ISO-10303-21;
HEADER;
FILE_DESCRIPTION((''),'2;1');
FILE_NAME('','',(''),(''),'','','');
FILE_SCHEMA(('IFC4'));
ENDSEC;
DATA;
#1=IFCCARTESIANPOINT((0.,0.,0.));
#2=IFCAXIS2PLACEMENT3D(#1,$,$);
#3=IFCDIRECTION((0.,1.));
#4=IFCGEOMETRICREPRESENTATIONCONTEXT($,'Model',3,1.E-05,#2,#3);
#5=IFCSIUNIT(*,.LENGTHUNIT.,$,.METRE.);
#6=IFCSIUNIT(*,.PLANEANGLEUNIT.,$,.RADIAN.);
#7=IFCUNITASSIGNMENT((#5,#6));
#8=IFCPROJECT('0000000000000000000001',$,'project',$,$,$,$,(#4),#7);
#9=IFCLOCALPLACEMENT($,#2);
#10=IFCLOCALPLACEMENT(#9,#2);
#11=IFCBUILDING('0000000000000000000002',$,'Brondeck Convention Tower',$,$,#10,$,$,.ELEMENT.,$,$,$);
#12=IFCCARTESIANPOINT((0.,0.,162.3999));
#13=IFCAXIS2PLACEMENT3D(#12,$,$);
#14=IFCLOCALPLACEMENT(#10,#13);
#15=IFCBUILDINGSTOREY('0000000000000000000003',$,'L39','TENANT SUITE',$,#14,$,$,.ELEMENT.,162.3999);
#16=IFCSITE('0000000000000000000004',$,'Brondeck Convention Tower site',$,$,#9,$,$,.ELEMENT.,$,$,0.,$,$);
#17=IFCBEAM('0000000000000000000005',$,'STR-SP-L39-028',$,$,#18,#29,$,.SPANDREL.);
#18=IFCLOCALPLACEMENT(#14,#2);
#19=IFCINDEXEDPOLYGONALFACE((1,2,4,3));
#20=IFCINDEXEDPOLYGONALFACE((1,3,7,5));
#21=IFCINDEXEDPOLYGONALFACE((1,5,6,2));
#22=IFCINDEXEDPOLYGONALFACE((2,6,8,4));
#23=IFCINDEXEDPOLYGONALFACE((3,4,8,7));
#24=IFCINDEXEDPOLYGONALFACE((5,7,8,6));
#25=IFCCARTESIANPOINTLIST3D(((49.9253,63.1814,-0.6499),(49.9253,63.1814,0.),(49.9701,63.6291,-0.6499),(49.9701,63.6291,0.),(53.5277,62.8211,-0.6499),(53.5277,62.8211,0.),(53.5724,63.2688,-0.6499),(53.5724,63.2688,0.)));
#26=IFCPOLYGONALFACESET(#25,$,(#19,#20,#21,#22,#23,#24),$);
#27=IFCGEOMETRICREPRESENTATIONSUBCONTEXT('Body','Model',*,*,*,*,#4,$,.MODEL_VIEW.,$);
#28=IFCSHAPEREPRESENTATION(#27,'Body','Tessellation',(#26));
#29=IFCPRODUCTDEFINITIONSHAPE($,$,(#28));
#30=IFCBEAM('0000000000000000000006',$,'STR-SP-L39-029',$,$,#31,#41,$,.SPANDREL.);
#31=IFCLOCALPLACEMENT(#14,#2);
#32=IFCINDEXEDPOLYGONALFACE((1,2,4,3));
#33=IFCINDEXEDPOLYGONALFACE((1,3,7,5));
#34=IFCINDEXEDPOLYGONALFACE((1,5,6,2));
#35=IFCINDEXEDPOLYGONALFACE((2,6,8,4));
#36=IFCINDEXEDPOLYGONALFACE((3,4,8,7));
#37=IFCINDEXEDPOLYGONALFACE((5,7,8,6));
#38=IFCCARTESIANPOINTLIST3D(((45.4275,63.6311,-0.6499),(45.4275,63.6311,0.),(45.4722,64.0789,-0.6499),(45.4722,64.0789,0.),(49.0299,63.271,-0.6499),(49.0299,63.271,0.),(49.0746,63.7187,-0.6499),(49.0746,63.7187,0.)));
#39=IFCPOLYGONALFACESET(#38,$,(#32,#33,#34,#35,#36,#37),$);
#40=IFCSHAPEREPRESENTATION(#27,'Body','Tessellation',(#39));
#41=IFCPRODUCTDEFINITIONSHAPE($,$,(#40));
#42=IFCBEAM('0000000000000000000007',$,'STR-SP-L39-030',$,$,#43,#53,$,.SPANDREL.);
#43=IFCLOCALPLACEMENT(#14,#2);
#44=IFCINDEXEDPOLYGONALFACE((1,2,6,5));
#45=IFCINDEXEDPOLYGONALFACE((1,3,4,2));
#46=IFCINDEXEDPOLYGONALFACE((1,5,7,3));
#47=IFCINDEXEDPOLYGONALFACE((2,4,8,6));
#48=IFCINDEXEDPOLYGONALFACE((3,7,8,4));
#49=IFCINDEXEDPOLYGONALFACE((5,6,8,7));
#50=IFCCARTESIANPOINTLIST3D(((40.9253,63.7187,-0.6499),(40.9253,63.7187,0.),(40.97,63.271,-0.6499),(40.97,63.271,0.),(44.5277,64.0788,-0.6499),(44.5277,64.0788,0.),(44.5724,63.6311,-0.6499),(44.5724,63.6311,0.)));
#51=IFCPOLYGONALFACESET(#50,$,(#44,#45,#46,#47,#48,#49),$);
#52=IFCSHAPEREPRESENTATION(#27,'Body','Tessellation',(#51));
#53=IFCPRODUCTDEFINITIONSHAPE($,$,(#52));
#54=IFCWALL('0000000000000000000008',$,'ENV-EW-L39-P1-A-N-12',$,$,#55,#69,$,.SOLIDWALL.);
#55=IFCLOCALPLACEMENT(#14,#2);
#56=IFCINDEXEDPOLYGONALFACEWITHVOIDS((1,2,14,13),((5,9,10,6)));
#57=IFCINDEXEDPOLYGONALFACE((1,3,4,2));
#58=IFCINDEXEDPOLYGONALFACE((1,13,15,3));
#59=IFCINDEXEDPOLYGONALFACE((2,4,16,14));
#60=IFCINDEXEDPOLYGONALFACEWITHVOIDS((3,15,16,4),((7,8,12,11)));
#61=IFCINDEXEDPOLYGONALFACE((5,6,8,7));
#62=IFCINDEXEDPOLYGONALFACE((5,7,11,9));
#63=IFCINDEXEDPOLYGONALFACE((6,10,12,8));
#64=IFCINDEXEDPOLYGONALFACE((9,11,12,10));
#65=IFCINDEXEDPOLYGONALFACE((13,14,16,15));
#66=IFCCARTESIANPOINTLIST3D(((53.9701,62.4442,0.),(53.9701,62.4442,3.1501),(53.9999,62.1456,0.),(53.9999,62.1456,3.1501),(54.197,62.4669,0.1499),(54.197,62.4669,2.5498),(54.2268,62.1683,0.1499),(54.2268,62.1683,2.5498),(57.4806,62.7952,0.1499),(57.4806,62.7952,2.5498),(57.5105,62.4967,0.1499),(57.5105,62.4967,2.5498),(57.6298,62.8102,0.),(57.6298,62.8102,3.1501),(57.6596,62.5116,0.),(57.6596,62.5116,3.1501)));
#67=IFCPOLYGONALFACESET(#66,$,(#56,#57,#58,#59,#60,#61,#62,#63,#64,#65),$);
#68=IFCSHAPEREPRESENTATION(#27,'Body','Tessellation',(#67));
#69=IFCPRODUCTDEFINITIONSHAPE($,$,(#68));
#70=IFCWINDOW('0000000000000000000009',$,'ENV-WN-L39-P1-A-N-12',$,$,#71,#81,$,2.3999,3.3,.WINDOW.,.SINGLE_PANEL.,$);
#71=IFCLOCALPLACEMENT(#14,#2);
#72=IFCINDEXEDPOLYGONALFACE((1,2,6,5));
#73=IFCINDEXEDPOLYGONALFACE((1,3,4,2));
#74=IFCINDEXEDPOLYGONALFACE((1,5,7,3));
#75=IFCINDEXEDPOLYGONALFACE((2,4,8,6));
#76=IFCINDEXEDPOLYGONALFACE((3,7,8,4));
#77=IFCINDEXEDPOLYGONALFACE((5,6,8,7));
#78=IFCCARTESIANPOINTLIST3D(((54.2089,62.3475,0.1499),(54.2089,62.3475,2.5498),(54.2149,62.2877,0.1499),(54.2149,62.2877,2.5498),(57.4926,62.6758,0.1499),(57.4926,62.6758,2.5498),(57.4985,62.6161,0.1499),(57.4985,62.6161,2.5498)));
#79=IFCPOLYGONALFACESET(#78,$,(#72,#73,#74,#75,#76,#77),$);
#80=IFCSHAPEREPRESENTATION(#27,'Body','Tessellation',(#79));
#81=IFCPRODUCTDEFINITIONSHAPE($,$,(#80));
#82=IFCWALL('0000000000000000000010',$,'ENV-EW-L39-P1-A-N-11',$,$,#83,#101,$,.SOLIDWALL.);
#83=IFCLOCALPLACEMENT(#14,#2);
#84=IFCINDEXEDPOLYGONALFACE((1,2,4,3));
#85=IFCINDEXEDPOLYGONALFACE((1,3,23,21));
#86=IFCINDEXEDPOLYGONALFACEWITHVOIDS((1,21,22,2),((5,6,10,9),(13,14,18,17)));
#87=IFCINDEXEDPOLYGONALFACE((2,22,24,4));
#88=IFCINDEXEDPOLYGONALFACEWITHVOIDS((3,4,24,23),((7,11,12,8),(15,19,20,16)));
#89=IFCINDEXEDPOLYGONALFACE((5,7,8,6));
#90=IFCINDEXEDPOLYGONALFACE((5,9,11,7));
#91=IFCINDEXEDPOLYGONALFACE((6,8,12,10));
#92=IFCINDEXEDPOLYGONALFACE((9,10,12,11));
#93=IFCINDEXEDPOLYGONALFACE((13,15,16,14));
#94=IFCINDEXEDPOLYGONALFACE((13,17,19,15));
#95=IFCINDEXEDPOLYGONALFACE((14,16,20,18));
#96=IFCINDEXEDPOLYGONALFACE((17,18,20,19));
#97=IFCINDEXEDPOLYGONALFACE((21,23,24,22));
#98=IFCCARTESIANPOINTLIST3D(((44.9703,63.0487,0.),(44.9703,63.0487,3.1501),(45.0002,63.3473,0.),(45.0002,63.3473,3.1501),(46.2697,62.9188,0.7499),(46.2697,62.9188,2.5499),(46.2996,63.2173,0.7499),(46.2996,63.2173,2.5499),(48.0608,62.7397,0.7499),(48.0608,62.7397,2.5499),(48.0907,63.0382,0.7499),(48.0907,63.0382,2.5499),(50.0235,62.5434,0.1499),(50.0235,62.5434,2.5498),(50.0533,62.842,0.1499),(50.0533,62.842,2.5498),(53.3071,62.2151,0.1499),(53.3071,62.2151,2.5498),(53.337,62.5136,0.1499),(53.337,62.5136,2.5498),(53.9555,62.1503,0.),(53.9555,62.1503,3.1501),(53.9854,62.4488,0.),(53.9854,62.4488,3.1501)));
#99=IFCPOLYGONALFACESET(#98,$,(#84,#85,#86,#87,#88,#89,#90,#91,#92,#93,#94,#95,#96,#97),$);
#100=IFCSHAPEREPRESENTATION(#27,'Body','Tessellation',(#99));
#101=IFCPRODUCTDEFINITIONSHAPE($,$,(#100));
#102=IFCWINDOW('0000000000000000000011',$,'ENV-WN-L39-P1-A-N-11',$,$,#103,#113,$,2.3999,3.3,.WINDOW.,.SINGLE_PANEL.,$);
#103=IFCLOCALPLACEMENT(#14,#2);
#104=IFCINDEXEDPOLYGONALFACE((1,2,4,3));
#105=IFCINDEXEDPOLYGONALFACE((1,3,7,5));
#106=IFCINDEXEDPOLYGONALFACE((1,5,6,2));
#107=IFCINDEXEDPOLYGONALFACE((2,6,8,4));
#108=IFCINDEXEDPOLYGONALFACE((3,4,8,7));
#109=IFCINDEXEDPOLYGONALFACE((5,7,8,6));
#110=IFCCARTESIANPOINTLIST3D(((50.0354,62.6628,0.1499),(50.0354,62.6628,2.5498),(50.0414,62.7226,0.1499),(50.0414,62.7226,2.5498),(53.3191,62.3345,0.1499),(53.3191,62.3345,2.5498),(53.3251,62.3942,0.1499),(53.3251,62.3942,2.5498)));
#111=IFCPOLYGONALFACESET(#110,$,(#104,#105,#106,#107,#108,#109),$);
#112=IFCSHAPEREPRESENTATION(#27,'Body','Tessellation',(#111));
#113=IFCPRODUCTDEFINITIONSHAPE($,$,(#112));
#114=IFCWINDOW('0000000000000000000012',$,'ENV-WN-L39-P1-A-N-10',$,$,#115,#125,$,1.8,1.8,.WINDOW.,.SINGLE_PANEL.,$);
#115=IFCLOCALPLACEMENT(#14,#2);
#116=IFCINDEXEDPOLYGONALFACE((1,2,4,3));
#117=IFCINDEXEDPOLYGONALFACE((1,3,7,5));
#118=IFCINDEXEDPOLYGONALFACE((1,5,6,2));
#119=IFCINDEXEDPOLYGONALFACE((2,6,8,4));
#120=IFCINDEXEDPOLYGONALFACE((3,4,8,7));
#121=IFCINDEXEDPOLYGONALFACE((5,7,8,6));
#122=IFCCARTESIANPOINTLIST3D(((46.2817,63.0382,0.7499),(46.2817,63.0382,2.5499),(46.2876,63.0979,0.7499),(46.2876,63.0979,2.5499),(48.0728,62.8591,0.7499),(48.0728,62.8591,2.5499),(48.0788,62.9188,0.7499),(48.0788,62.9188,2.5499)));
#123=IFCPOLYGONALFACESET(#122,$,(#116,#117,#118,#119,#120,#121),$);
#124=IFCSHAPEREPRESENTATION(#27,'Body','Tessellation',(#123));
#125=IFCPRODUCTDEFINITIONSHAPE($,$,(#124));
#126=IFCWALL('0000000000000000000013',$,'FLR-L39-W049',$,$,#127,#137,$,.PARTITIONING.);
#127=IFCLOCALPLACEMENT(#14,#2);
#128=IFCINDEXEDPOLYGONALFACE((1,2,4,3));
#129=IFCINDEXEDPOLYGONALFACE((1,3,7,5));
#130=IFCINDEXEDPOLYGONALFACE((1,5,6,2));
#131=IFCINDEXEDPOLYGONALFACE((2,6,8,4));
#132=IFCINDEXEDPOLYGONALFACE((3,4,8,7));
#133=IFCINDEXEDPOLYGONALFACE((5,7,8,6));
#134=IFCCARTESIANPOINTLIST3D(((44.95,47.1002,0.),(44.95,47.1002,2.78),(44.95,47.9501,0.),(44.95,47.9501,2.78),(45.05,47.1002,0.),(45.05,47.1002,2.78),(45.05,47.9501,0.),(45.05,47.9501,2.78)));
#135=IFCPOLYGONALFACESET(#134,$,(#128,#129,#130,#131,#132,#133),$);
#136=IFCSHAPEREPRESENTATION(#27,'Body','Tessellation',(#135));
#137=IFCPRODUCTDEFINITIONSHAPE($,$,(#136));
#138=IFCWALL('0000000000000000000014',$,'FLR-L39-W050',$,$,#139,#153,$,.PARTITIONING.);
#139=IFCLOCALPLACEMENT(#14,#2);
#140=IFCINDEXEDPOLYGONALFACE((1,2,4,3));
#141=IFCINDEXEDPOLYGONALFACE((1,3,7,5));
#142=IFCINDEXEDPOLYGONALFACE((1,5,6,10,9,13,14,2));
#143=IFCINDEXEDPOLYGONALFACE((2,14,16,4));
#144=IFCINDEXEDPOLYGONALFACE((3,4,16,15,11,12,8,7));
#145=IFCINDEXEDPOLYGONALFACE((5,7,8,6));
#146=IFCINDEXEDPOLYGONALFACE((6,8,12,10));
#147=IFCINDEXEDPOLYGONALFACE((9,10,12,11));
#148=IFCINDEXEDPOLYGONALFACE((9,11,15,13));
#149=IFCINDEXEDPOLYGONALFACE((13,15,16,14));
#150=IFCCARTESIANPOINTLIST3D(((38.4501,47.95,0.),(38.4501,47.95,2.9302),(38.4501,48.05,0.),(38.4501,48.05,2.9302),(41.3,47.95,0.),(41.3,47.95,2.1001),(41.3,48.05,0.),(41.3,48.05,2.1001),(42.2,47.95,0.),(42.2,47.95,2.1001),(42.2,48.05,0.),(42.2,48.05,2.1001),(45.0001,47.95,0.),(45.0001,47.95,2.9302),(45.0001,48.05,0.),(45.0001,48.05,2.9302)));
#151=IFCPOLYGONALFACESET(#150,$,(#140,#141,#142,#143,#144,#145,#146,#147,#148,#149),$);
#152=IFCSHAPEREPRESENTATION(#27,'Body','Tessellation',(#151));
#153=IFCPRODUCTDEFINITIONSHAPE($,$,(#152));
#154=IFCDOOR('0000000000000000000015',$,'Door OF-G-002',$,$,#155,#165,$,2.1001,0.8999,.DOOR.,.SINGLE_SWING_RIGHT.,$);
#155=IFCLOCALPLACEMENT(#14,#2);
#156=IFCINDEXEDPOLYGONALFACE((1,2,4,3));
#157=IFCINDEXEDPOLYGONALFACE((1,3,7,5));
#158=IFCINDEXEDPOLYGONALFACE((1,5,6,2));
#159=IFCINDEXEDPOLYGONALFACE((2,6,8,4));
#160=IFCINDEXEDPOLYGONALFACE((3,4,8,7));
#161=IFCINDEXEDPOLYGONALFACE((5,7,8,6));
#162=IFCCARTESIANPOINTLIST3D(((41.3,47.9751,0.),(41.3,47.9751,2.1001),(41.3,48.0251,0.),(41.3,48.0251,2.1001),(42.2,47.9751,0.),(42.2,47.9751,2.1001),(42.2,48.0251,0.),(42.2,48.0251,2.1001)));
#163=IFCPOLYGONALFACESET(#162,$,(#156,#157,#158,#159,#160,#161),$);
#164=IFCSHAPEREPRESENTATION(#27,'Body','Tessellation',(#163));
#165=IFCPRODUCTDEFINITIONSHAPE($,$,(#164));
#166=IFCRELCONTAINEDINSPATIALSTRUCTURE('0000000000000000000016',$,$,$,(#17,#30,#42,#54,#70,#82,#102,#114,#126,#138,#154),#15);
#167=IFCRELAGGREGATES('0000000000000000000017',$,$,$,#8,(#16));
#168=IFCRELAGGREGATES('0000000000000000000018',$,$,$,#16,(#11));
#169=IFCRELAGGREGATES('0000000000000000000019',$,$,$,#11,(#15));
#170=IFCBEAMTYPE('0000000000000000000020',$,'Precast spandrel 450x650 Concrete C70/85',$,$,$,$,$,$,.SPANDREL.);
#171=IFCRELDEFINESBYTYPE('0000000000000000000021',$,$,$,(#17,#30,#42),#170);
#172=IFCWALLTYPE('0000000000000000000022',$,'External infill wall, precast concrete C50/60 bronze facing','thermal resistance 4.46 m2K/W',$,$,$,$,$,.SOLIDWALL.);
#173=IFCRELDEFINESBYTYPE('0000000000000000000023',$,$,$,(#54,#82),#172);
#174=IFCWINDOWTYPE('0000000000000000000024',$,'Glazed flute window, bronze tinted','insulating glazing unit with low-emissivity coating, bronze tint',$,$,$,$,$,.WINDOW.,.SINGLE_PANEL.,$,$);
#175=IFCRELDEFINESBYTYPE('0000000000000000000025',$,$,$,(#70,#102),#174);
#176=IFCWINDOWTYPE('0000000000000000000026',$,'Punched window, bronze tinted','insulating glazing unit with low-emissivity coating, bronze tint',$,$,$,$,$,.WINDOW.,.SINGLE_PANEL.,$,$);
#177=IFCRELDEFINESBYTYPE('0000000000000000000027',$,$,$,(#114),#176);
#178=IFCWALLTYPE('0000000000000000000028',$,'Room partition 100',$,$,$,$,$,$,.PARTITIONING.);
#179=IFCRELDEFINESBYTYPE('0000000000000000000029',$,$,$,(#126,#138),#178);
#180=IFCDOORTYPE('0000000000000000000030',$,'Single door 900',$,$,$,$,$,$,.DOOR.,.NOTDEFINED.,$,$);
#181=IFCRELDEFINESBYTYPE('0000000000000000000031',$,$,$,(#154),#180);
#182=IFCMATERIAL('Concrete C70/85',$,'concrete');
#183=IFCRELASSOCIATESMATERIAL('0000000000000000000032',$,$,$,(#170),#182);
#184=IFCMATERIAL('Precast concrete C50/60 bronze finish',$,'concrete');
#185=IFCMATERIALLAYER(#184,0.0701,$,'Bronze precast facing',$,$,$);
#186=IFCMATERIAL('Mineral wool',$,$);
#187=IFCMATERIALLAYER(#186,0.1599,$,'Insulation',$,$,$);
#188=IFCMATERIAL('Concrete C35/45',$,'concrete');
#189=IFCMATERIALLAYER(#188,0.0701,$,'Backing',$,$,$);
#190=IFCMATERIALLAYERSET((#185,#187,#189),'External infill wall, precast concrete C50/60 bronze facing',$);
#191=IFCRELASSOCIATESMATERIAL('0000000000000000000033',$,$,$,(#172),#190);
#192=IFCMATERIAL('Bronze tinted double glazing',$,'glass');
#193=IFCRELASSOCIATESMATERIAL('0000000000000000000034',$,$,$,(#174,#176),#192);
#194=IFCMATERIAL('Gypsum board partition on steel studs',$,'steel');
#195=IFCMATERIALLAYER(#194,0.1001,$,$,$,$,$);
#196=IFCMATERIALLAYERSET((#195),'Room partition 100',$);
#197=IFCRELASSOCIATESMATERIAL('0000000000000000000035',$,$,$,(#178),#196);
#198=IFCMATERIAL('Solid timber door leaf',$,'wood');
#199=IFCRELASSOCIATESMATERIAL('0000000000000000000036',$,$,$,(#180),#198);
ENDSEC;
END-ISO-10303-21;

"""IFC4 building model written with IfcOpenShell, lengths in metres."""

from ifc_helpers import new_model, si_unit, direction, frame, frame_2d, origin, origin_2d, place, context, subcontext, project, spatial, rectangle, extrude, material, layer, layer_set, material_profile, profile_set, type_object, element, fill, save


model = new_model("IFC4")

# Units and contexts
model_context = context("Model", 3, precision=1e-05, world=origin(), true_north=direction((0.0, 1.0)))
body_context = subcontext(model_context, "Body", "Model", "MODEL_VIEW")
ifc_project = project(units=[si_unit("LENGTHUNIT", "METRE"), si_unit("PLANEANGLEUNIT", "RADIAN")], contexts=[model_context])

# Site, building, storey
site_placement = place(None, origin())
site = spatial("IfcSite", under=ifc_project, at=site_placement, Name="Brondeck Convention Tower site", CompositionType="ELEMENT", RefElevation=0.0)
building_placement = place(site_placement, origin())
building = spatial("IfcBuilding", under=site, at=building_placement, Name="Brondeck Convention Tower", CompositionType="ELEMENT")
storey_placement = place(building_placement, frame((0.0, 0.0, 162.3999)))
storey = spatial("IfcBuildingStorey", under=building, at=storey_placement, Name="L39", Description="TENANT SUITE", CompositionType="ELEMENT", Elevation=162.3999)

# Shared definitions
ifc_material_1 = material(Name="Concrete C70/85", Category="concrete")

# Beams
ifc_material_profile_1 = material_profile(ifc_material_1, rectangle(XDim=0.45, YDim=0.6499, at=origin_2d()), Name="Precast spandrel 450x650 Concrete C70/85")
ifc_profile_set_1 = profile_set([ifc_material_profile_1], Name="Concrete C70/85")
beam_type_1 = type_object("IfcBeamType", Name="Precast spandrel 450x650 Concrete C70/85", PredefinedType="SPANDREL", material=ifc_profile_set_1)
for number, where, z_axis, x_axis, name in (
    (1, (53.55, 63.0449, -0.325), (-0.995034, 0.099537, 0.0), (-0.099537, -0.995034, 0.0), "STR-SP-L39-028"),
    (2, (49.0522, 63.4949, -0.325), (-0.995041, 0.09947, 0.0), (-0.09947, -0.995041, 0.0), "STR-SP-L39-029"),
    (3, (44.55, 63.855, -0.325), (-0.995041, -0.09947, 0.0), (0.09947, -0.995041, 0.0), "STR-SP-L39-030"),
):
    element("IfcBeam", number, at=place(storey_placement, frame(where, z_axis=z_axis, x_axis=x_axis)), inside=storey, type_object=beam_type_1, Name=name, PredefinedType="SPANDREL", context=body_context, shape_type="SweptSolid", body=[
        extrude(rectangle(XDim=0.45, YDim=0.6499, at=origin_2d()), origin(), (0.0, 0.0, 1.0), 3.6204),
    ])

# Wall, opening, window
ifc_material_2 = material(Name="Precast concrete C50/60 bronze finish", Category="concrete")
ifc_layer_1 = layer(ifc_material_2, 0.0701, Name="Bronze precast facing")
ifc_material_3 = material(Name="Mineral wool")
ifc_layer_2 = layer(ifc_material_3, 0.1599, Name="Insulation")
ifc_material_4 = material(Name="Concrete C35/45", Category="concrete")
ifc_layer_3 = layer(ifc_material_4, 0.0701, Name="Backing")
ifc_layer_set_1 = layer_set([ifc_layer_1, ifc_layer_2, ifc_layer_3], Name="External infill wall, precast concrete C50/60 bronze facing")
wall_type_1 = type_object("IfcWallType", Name="External infill wall, precast concrete C50/60 bronze facing", Description="thermal resistance 4.46 m2K/W", PredefinedType="SOLIDWALL", material=ifc_layer_set_1)
wall_1_placement = place(storey_placement, frame((53.9851, 62.2949, 0.0), z_axis=(0.0, 0.0, 1.0), x_axis=(0.995037, 0.099504, 0.0)))
wall_1 = element("IfcWall", 4, at=wall_1_placement, inside=storey, type_object=wall_type_1, Name="ENV-EW-L39-P1-A-N-12", PredefinedType="SOLIDWALL", context=body_context, shape_type="SweptSolid", body=[
    extrude(rectangle(XDim=3.678, YDim=0.3, at=frame_2d((1.8389, 0.0))), origin(), (0.0, 0.0, 1.0), 3.1501),
])
opening_1_placement = place(wall_1_placement, frame((0.228, 0.0, 0.1499)))
opening_1 = element("IfcOpeningElement", 5, at=opening_1_placement, cuts=wall_1, PredefinedType="OPENING", context=body_context, shape_type="SweptSolid", body=[
    extrude(rectangle(XDim=3.3, YDim=2.3999, at=frame_2d((1.6499, 1.2))), frame((0.0, 0.1599, 0.0), z_axis=(0.0, -1.0, 0.0), x_axis=(1.0, 0.0, 0.0)), (0.0, 0.0, 1.0), 0.3201),
])
ifc_material_5 = material(Name="Bronze tinted double glazing", Category="glass")
window_type_1 = type_object("IfcWindowType", Name="Glazed flute window, bronze tinted", Description="insulating glazing unit with low-emissivity coating, bronze tint", PartitioningType="SINGLE_PANEL", PredefinedType="WINDOW", material=ifc_material_5)
window_1_placement = place(opening_1_placement, origin())
window_1 = element("IfcWindow", 6, at=window_1_placement, inside=storey, type_object=window_type_1, Name="ENV-WN-L39-P1-A-N-12", OverallHeight=2.3999, OverallWidth=3.3, PartitioningType="SINGLE_PANEL", PredefinedType="WINDOW", context=body_context, shape_type="SweptSolid", body=[
    extrude(rectangle(XDim=3.3, YDim=2.3999, at=frame_2d((1.6499, 1.2))), frame((0.0, 0.03, 0.0), z_axis=(0.0, -1.0, 0.0), x_axis=(1.0, 0.0, 0.0)), (0.0, 0.0, 1.0), 0.0601),
])
fill(opening_1, window_1)

# Wall, openings, windows
wall_2_placement = place(storey_placement, frame((44.9851, 63.198, 0.0), z_axis=(0.0, 0.0, 1.0), x_axis=(0.995038, -0.099496, 0.0)))
wall_2 = element("IfcWall", 7, at=wall_2_placement, inside=storey, type_object=wall_type_1, Name="ENV-EW-L39-P1-A-N-11", PredefinedType="SOLIDWALL", context=body_context, shape_type="SweptSolid", body=[
    extrude(rectangle(XDim=9.03, YDim=0.3, at=frame_2d((4.5151, 0.0))), origin(), (0.0, 0.0, 1.0), 3.1501),
])
opening_2_placement = place(wall_2_placement, frame((1.3062, 0.0, 0.75)))
opening_2 = element("IfcOpeningElement", 8, at=opening_2_placement, cuts=wall_2, PredefinedType="OPENING", context=body_context, shape_type="SweptSolid", body=[
    extrude(rectangle(XDim=1.8, YDim=1.8, at=frame_2d((0.8999, 0.8999))), frame((0.0, 0.1599, 0.0), z_axis=(0.0, -1.0, 0.0), x_axis=(1.0, 0.0, 0.0)), (0.0, 0.0, 1.0), 0.3201),
])
opening_3_placement = place(wall_2_placement, frame((5.0786, 0.0, 0.1499)))
opening_3 = element("IfcOpeningElement", 9, at=opening_3_placement, cuts=wall_2, PredefinedType="OPENING", context=body_context, shape_type="SweptSolid", body=[
    extrude(rectangle(XDim=3.3, YDim=2.3999, at=frame_2d((1.6499, 1.2))), frame((0.0, 0.1599, 0.0), z_axis=(0.0, -1.0, 0.0), x_axis=(1.0, 0.0, 0.0)), (0.0, 0.0, 1.0), 0.3201),
])
window_2_placement = place(opening_3_placement, origin())
window_2 = element("IfcWindow", 10, at=window_2_placement, inside=storey, type_object=window_type_1, Name="ENV-WN-L39-P1-A-N-11", OverallHeight=2.3999, OverallWidth=3.3, PartitioningType="SINGLE_PANEL", PredefinedType="WINDOW", context=body_context, shape_type="SweptSolid", body=[
    extrude(rectangle(XDim=3.3, YDim=2.3999, at=frame_2d((1.6499, 1.2))), frame((0.0, 0.03, 0.0), z_axis=(0.0, -1.0, 0.0), x_axis=(1.0, 0.0, 0.0)), (0.0, 0.0, 1.0), 0.0601),
])
fill(opening_3, window_2)
window_type_2 = type_object("IfcWindowType", Name="Punched window, bronze tinted", Description="insulating glazing unit with low-emissivity coating, bronze tint", PartitioningType="SINGLE_PANEL", PredefinedType="WINDOW", material=ifc_material_5)
window_3_placement = place(opening_2_placement, origin())
window_3 = element("IfcWindow", 11, at=window_3_placement, inside=storey, type_object=window_type_2, Name="ENV-WN-L39-P1-A-N-10", OverallHeight=1.8, OverallWidth=1.8, PartitioningType="SINGLE_PANEL", PredefinedType="WINDOW", context=body_context, shape_type="SweptSolid", body=[
    extrude(rectangle(XDim=1.8, YDim=1.8, at=frame_2d((0.8999, 0.8999))), frame((0.0, 0.03, 0.0), z_axis=(0.0, -1.0, 0.0), x_axis=(1.0, 0.0, 0.0)), (0.0, 0.0, 1.0), 0.0601),
])
fill(opening_2, window_3)

# Wall
ifc_material_6 = material(Name="Gypsum board partition on steel studs", Category="steel")
ifc_layer_4 = layer(ifc_material_6, 0.1001)
ifc_layer_set_2 = layer_set([ifc_layer_4], Name="Room partition 100")
wall_type_2 = type_object("IfcWallType", Name="Room partition 100", PredefinedType="PARTITIONING", material=ifc_layer_set_2)
wall_3_placement = place(storey_placement, frame((45.0, 47.95, 0.0), z_axis=(0.0, 0.0, 1.0), x_axis=(0.0, -1.0, 0.0)))
element("IfcWall", 12, at=wall_3_placement, inside=storey, type_object=wall_type_2, Name="FLR-L39-W049", PredefinedType="PARTITIONING", context=body_context, shape_type="SweptSolid", body=[
    extrude(rectangle(XDim=0.8499, YDim=0.1001, at=frame_2d((0.4248, 0.0))), origin(), (0.0, 0.0, 1.0), 2.78),
])

# Wall, opening, door
wall_4_placement = place(storey_placement, frame((45.0, 48.0, 0.0), z_axis=(0.0, 0.0, 1.0), x_axis=(-1.0, 0.0, 0.0)))
wall_4 = element("IfcWall", 13, at=wall_4_placement, inside=storey, type_object=wall_type_2, Name="FLR-L39-W050", PredefinedType="PARTITIONING", context=body_context, shape_type="SweptSolid", body=[
    extrude(rectangle(XDim=6.55, YDim=0.1001, at=frame_2d((3.2749, 0.0))), origin(), (0.0, 0.0, 1.0), 2.9302),
])
opening_4_placement = place(wall_4_placement, frame((2.8, 0.0, 0.0)))
opening_4 = element("IfcOpeningElement", 14, at=opening_4_placement, cuts=wall_4, PredefinedType="OPENING", context=body_context, shape_type="SweptSolid", body=[
    extrude(rectangle(XDim=0.8999, YDim=2.1001, at=frame_2d((0.45, 1.05))), frame((0.0, 0.0601, 0.0), z_axis=(0.0, -1.0, 0.0), x_axis=(1.0, 0.0, 0.0)), (0.0, 0.0, 1.0), 0.1201),
])
ifc_material_7 = material(Name="Solid timber door leaf", Category="wood")
door_type = type_object("IfcDoorType", Name="Single door 900", OperationType="NOTDEFINED", PredefinedType="DOOR", material=ifc_material_7)
door_1_placement = place(opening_4_placement, origin())
door_1 = element("IfcDoor", 15, at=door_1_placement, inside=storey, type_object=door_type, Name="Door OF-G-002", OperationType="SINGLE_SWING_RIGHT", OverallHeight=2.1001, OverallWidth=0.8999, PredefinedType="DOOR", context=body_context, shape_type="SweptSolid", body=[
    extrude(rectangle(XDim=0.8999, YDim=2.1001, at=frame_2d((0.45, 1.05))), frame((0.0, 0.0249, 0.0), z_axis=(0.0, -1.0, 0.0), x_axis=(1.0, 0.0, 0.0)), (0.0, 0.0, 1.0), 0.05),
])
fill(opening_4, door_1)

save(model, "model.ifc")
